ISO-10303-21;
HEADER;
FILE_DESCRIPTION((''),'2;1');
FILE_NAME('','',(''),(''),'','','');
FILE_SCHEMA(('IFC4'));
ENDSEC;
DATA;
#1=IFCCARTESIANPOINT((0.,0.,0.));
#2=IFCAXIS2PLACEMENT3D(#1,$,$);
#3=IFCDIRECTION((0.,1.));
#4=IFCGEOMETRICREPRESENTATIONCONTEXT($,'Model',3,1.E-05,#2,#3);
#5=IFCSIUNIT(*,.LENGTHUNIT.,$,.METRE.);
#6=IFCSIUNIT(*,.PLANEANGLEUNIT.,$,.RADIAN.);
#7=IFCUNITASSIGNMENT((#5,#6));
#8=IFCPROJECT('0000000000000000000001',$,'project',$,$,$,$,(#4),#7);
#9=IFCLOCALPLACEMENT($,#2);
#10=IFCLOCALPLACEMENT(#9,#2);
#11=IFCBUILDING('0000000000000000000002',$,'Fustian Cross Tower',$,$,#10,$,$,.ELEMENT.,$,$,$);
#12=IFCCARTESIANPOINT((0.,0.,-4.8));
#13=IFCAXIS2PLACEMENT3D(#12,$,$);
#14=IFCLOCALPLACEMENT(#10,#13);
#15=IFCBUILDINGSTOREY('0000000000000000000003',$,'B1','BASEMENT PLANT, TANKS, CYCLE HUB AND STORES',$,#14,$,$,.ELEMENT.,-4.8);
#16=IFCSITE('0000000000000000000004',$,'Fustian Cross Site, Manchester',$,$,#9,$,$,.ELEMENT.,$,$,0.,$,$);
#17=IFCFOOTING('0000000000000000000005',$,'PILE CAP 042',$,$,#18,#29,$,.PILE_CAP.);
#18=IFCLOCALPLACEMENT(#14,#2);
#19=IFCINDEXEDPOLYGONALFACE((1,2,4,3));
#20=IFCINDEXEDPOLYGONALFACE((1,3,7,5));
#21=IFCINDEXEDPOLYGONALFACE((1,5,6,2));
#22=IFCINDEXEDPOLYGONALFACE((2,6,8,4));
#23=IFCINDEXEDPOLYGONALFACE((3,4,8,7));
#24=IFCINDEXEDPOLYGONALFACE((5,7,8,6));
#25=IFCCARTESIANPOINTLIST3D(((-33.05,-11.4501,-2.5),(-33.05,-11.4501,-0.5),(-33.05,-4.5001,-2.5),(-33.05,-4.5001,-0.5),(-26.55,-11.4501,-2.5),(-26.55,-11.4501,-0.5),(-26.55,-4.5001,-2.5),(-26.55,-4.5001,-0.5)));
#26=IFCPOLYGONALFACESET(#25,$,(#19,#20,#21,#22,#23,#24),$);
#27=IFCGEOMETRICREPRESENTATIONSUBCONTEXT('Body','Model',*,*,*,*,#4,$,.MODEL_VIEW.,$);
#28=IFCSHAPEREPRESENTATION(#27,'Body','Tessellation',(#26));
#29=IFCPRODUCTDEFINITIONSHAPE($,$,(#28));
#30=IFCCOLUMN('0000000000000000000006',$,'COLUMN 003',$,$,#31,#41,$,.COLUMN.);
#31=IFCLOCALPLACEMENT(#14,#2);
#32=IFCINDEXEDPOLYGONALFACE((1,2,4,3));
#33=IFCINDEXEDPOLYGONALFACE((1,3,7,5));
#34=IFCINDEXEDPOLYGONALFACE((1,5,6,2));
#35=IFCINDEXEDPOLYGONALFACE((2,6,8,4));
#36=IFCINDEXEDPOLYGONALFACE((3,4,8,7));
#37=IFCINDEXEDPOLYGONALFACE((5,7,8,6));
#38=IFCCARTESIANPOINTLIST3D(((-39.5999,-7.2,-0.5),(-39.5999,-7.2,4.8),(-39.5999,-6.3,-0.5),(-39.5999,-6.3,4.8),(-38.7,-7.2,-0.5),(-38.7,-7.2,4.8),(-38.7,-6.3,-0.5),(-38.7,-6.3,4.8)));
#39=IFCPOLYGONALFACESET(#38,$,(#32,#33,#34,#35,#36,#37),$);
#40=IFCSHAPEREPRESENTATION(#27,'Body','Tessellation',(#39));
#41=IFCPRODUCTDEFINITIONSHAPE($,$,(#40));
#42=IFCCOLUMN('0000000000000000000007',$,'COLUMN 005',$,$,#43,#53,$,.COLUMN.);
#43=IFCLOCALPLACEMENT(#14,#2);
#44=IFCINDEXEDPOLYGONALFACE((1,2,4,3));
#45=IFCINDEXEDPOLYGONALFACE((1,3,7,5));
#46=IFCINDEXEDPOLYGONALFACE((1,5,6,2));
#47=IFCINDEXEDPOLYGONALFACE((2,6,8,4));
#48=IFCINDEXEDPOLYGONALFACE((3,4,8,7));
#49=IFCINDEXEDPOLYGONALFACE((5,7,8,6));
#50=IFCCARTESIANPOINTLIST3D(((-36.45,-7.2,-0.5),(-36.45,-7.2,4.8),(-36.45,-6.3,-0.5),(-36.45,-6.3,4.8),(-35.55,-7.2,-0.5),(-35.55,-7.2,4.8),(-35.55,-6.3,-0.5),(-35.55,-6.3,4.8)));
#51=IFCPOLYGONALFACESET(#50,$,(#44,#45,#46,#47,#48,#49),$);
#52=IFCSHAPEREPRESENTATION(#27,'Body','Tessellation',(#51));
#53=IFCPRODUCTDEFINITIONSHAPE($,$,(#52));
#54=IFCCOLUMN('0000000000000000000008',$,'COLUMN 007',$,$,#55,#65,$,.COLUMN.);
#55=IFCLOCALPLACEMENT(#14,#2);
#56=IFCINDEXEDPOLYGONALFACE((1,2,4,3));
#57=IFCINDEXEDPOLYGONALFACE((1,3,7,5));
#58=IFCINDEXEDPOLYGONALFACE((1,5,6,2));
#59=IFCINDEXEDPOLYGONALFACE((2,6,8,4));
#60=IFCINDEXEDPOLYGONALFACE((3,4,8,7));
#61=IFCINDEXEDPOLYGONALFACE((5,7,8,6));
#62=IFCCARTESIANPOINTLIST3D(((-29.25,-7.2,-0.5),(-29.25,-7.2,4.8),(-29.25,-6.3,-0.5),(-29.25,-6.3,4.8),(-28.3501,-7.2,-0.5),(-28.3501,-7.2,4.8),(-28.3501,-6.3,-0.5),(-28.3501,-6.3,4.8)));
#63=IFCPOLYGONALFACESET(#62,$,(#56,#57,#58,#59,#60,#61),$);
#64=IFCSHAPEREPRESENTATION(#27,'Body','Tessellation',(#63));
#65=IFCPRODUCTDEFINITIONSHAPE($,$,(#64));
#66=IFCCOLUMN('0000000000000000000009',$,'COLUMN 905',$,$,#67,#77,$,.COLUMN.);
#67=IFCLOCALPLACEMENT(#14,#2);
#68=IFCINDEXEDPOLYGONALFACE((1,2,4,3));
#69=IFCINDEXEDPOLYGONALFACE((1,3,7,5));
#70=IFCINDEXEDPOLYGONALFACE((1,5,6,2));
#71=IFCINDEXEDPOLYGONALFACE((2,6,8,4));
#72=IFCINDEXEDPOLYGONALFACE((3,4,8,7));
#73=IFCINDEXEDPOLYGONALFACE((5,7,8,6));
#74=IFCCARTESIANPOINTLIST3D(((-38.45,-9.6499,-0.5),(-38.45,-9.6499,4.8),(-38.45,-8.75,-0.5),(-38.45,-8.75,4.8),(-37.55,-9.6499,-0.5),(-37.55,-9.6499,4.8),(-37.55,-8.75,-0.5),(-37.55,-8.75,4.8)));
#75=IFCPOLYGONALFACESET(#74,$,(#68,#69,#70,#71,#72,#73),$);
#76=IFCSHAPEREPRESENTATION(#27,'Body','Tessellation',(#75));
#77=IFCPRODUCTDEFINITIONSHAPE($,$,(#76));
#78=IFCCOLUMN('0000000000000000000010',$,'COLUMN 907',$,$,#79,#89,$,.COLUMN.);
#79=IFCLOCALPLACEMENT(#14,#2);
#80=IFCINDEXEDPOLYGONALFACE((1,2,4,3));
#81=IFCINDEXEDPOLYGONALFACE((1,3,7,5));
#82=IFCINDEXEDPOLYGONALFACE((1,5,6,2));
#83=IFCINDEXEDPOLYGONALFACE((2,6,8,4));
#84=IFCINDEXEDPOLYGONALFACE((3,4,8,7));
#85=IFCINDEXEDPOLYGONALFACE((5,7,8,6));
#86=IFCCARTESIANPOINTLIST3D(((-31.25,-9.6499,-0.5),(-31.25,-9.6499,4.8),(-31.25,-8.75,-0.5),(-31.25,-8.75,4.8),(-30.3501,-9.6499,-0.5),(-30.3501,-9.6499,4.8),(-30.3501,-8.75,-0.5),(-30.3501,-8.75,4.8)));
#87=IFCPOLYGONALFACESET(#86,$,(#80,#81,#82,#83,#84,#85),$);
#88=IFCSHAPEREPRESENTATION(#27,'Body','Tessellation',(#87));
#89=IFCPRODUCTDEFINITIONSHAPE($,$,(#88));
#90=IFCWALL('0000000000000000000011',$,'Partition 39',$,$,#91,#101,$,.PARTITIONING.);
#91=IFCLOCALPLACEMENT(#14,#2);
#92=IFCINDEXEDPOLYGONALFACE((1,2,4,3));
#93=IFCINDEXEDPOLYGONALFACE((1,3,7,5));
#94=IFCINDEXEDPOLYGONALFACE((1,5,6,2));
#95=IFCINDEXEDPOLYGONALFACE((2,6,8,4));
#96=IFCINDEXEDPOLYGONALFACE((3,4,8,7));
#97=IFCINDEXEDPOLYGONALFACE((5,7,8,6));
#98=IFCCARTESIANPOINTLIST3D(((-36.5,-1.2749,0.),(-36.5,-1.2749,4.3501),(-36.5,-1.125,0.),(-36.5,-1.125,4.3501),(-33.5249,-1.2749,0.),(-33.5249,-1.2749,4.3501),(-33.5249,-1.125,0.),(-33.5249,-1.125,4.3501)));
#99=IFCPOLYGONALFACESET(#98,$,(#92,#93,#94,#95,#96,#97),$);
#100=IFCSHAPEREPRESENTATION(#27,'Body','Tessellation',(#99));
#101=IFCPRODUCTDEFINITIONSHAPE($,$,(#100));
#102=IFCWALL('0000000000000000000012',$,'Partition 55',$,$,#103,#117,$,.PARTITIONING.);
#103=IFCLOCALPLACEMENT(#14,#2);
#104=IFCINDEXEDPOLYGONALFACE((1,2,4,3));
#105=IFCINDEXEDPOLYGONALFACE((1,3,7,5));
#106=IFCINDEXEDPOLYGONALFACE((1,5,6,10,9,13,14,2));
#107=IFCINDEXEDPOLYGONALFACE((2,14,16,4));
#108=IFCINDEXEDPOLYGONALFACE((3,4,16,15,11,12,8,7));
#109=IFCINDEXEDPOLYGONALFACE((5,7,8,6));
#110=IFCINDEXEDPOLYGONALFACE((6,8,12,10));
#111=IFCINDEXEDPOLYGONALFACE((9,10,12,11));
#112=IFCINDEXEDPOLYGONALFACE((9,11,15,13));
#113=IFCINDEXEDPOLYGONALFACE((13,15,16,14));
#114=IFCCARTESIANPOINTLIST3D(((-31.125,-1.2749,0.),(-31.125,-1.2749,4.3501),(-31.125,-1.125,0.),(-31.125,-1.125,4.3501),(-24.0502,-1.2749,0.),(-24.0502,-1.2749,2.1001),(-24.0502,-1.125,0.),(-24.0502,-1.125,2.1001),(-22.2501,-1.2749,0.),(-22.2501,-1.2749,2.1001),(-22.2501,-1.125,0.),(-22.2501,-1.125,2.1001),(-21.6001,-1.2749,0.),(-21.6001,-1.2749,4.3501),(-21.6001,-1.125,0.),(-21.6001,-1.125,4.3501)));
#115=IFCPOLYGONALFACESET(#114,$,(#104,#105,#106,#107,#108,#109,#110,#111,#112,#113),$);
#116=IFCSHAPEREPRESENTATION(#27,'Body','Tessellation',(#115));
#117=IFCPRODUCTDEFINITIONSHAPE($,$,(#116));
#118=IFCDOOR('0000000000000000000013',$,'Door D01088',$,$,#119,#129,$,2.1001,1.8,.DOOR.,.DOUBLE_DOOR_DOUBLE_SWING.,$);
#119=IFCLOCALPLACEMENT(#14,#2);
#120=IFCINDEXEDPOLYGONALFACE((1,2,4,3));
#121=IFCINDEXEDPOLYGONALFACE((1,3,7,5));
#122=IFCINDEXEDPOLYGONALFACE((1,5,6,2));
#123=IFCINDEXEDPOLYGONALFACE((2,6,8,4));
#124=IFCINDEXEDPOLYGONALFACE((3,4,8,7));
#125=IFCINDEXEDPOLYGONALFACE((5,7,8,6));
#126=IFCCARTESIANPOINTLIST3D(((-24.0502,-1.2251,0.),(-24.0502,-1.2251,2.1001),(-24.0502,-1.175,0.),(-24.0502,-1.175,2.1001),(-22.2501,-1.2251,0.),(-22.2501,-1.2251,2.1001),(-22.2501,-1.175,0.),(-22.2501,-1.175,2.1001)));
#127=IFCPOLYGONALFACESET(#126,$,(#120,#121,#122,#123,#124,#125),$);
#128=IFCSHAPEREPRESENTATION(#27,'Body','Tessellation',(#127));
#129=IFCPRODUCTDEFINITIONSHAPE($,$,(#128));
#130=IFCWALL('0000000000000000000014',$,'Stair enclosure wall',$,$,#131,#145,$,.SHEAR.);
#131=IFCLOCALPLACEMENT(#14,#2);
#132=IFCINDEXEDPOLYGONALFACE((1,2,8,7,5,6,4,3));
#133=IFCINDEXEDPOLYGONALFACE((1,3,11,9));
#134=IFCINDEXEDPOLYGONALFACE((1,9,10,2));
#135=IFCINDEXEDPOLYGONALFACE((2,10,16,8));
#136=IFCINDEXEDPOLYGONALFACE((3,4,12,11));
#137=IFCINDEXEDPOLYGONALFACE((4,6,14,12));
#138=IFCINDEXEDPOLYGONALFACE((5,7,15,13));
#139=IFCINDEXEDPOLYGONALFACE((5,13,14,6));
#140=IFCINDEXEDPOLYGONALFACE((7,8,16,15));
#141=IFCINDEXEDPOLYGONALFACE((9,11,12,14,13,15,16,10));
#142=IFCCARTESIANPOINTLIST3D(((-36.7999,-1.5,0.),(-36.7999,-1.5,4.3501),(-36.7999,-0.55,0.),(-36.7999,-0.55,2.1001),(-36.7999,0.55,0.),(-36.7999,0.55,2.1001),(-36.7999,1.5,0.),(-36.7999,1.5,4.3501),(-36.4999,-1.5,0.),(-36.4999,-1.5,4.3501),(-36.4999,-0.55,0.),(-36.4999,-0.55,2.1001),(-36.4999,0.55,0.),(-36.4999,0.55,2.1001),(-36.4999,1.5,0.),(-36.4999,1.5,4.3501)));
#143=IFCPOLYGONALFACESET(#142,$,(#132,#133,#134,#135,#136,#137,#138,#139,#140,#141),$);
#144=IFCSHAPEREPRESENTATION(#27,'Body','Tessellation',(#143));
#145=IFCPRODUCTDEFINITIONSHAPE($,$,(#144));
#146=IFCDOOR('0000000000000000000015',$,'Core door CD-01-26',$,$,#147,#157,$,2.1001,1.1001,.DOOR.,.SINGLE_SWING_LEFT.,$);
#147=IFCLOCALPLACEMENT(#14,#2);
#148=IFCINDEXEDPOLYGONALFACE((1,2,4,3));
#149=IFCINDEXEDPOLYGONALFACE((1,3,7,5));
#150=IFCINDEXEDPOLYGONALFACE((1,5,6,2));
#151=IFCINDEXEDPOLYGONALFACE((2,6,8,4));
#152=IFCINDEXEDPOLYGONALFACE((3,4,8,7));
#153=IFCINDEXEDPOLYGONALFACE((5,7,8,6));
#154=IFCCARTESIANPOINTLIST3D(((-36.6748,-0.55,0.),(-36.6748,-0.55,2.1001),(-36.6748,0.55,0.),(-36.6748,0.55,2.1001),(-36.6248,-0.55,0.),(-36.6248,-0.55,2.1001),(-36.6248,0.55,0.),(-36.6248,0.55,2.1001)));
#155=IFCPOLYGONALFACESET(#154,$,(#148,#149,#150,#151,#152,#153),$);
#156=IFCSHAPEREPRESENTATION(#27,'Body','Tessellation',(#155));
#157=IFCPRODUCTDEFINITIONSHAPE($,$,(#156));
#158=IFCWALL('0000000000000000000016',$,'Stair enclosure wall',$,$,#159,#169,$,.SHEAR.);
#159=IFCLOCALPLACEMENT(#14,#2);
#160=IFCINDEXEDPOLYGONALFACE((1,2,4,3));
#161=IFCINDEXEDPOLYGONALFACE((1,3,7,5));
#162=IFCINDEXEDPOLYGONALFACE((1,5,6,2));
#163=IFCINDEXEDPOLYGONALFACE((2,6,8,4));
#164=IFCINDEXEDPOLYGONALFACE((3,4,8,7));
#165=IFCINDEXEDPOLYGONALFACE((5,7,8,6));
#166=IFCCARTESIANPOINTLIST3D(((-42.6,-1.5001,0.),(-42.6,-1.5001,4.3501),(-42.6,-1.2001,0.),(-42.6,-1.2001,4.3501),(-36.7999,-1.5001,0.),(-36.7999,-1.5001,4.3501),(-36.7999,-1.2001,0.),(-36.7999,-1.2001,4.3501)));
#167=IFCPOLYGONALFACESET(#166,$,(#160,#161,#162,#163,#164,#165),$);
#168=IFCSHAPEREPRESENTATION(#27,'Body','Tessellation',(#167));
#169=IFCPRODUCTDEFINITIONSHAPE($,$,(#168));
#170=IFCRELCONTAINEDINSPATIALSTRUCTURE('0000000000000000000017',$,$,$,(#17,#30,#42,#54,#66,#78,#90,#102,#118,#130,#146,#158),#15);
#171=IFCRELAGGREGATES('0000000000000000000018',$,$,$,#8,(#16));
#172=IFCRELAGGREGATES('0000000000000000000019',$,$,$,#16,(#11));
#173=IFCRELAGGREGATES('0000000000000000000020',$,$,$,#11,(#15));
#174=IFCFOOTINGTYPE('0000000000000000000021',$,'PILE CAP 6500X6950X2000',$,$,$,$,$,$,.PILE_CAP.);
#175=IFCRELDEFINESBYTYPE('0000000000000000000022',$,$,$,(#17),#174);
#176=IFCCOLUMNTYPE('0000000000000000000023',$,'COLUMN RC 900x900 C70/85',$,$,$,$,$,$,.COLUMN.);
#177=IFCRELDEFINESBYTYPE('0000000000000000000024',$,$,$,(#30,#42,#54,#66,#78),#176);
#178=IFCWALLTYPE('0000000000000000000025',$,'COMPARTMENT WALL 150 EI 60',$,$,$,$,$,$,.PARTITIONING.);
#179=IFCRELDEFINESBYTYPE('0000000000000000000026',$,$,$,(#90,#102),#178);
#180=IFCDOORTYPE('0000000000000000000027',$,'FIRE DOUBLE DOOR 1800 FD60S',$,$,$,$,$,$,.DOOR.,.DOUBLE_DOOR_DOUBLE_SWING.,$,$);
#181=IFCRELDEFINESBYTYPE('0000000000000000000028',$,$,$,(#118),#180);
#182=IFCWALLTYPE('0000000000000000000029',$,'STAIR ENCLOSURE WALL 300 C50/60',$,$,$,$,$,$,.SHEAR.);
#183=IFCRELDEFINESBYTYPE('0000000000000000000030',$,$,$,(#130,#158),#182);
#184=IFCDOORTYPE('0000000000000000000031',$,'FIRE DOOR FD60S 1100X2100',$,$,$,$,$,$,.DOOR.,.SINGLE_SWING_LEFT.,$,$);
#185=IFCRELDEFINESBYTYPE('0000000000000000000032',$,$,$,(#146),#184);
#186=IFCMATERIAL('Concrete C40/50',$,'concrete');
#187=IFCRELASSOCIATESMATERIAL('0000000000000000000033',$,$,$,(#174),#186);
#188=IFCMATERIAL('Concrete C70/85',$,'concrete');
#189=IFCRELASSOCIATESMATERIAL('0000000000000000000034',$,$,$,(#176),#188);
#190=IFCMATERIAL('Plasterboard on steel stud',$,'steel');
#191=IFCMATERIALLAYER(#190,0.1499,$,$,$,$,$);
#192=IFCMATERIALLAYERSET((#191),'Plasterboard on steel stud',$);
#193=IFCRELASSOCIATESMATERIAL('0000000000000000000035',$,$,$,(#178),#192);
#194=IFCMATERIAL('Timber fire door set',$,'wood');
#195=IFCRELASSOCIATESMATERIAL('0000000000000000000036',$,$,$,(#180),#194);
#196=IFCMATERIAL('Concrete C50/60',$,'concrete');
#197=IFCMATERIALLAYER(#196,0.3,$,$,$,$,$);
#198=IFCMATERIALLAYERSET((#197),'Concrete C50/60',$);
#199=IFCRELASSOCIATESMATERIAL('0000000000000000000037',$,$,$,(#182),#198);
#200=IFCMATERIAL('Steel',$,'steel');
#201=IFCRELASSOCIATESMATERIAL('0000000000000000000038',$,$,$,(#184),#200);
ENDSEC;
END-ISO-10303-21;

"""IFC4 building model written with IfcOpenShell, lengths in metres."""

from ifc_helpers import new_model, si_unit, direction, frame, frame_2d, origin, origin_2d, place, context, subcontext, project, spatial, rectangle, extrude, material, layer, layer_set, material_profile, profile_set, type_object, element, fill, save


model = new_model("IFC4")

# Units and contexts
model_context = context("Model", 3, precision=1e-05, world=origin(), true_north=direction((0.0, 1.0)))
body_context = subcontext(model_context, "Body", "Model", "MODEL_VIEW")
ifc_project = project(units=[si_unit("LENGTHUNIT", "METRE"), si_unit("PLANEANGLEUNIT", "RADIAN")], contexts=[model_context])

# Site, building, storey
site_placement = place(None, origin())
site = spatial("IfcSite", under=ifc_project, at=site_placement, Name="Fustian Cross Site, Manchester", CompositionType="ELEMENT", RefElevation=0.0)
building_placement = place(site_placement, origin())
building = spatial("IfcBuilding", under=site, at=building_placement, Name="Fustian Cross Tower", CompositionType="ELEMENT")
storey_placement = place(building_placement, frame((0.0, 0.0, -4.8)))
storey = spatial("IfcBuildingStorey", under=building, at=storey_placement, Name="B1", Description="BASEMENT PLANT, TANKS, CYCLE HUB AND STORES", CompositionType="ELEMENT", Elevation=-4.8)

# Footing
ifc_material_1 = material(Name="Concrete C40/50", Category="concrete")
footing_type = type_object("IfcFootingType", Name="PILE CAP 6500X6950X2000", PredefinedType="PILE_CAP", material=ifc_material_1)
footing_placement = place(storey_placement, frame((-29.8, -7.9751, -2.5), z_axis=(0.0, 0.0, 1.0), x_axis=(1.0, 0.0, 0.0)))
element("IfcFooting", 1, at=footing_placement, inside=storey, type_object=footing_type, Name="PILE CAP 042", PredefinedType="PILE_CAP", context=body_context, shape_type="SweptSolid", body=[
    extrude(rectangle(XDim=6.5, YDim=6.95, at=origin_2d()), origin(), (0.0, 0.0, 1.0), 2.0),
])

# Columns
ifc_material_2 = material(Name="Concrete C70/85", Category="concrete")
ifc_material_profile_1 = material_profile(ifc_material_2, rectangle(XDim=0.8999, YDim=0.8999, at=origin_2d()), Name="RC 900x900")
ifc_profile_set_1 = profile_set([ifc_material_profile_1], Name="Concrete C70/85")
column_type = type_object("IfcColumnType", Name="COLUMN RC 900x900 C70/85", PredefinedType="COLUMN", material=ifc_profile_set_1)
for number, where, z_axis, x_axis, name in (
    (2, (-39.1499, -6.75, -0.5), (0.0, 0.0, 1.0), (1.0, 0.0, 0.0), "COLUMN 003"),
    (3, (-36.0, -6.75, -0.5), (0.0, 0.0, 1.0), (1.0, 0.0, 0.0), "COLUMN 005"),
    (4, (-28.8, -6.75, -0.5), (0.0, 0.0, 1.0), (1.0, 0.0, 0.0), "COLUMN 007"),
    (5, (-38.0, -9.2, -0.5), (0.0, 0.0, 1.0), (1.0, 0.0, 0.0), "COLUMN 905"),
    (6, (-30.8, -9.2, -0.5), (0.0, 0.0, 1.0), (1.0, 0.0, 0.0), "COLUMN 907"),
):
    element("IfcColumn", number, at=place(storey_placement, frame(where, z_axis=z_axis, x_axis=x_axis)), inside=storey, type_object=column_type, Name=name, PredefinedType="COLUMN", context=body_context, shape_type="SweptSolid", body=[
        extrude(rectangle(XDim=0.8999, YDim=0.8999, at=origin_2d()), origin(), (0.0, 0.0, 1.0), 5.3),
    ])

# Wall
ifc_material_3 = material(Name="Plasterboard on steel stud", Category="steel")
ifc_layer_1 = layer(ifc_material_3, 0.1499)
ifc_layer_set_1 = layer_set([ifc_layer_1], Name="Plasterboard on steel stud")
wall_type_1 = type_object("IfcWallType", Name="COMPARTMENT WALL 150 EI 60", PredefinedType="PARTITIONING", material=ifc_layer_set_1)
wall_1_placement = place(storey_placement, frame((-36.5, -1.2, 0.0), z_axis=(0.0, 0.0, 1.0), x_axis=(1.0, 0.0, 0.0)))
element("IfcWall", 7, at=wall_1_placement, inside=storey, type_object=wall_type_1, Name="Partition 39", PredefinedType="PARTITIONING", context=body_context, shape_type="SweptSolid", body=[
    extrude(rectangle(XDim=2.9751, YDim=0.1499, at=frame_2d((1.4875, 0.0))), origin(), (0.0, 0.0, 1.0), 4.3501),
])

# Walls, openings, doors
wall_2_placement = place(storey_placement, frame((-31.125, -1.2, 0.0), z_axis=(0.0, 0.0, 1.0), x_axis=(1.0, 0.0, 0.0)))
wall_2 = element("IfcWall", 8, at=wall_2_placement, inside=storey, type_object=wall_type_1, Name="Partition 55", PredefinedType="PARTITIONING", context=body_context, shape_type="SweptSolid", body=[
    extrude(rectangle(XDim=9.5249, YDim=0.1499, at=frame_2d((4.7625, 0.0))), origin(), (0.0, 0.0, 1.0), 4.3501),
])
opening_1_placement = place(wall_2_placement, frame((7.075, 0.0, 0.0)))
opening_1 = element("IfcOpeningElement", 9, at=opening_1_placement, cuts=wall_2, PredefinedType="OPENING", context=body_context, shape_type="SweptSolid", body=[
    extrude(rectangle(XDim=1.8, YDim=2.1001, at=frame_2d((0.8999, 1.05))), frame((0.0, 0.085, 0.0), z_axis=(0.0, -1.0, 0.0), x_axis=(1.0, 0.0, 0.0)), (0.0, 0.0, 1.0), 0.1699),
])
ifc_material_4 = material(Name="Timber fire door set", Category="wood")
door_type_1 = type_object("IfcDoorType", Name="FIRE DOUBLE DOOR 1800 FD60S", OperationType="DOUBLE_DOOR_DOUBLE_SWING", PredefinedType="DOOR", material=ifc_material_4)
door_1_placement = place(opening_1_placement, origin())
door_1 = element("IfcDoor", 10, at=door_1_placement, inside=storey, type_object=door_type_1, Name="Door D01088", OperationType="DOUBLE_DOOR_DOUBLE_SWING", OverallHeight=2.1001, OverallWidth=1.8, PredefinedType="DOOR", context=body_context, shape_type="SweptSolid", body=[
    extrude(rectangle(XDim=1.8, YDim=2.1001, at=frame_2d((0.8999, 1.05))), frame((0.0, 0.0249, 0.0), z_axis=(0.0, -1.0, 0.0), x_axis=(1.0, 0.0, 0.0)), (0.0, 0.0, 1.0), 0.05),
])
fill(opening_1, door_1)
ifc_material_5 = material(Name="Concrete C50/60", Category="concrete")
ifc_layer_2 = layer(ifc_material_5, 0.3)
ifc_layer_set_2 = layer_set([ifc_layer_2], Name="Concrete C50/60")
wall_type_2 = type_object("IfcWallType", Name="STAIR ENCLOSURE WALL 300 C50/60", PredefinedType="SHEAR", material=ifc_layer_set_2)
wall_3_placement = place(storey_placement, frame((-36.6499, -1.5, 0.0), z_axis=(0.0, 0.0, 1.0), x_axis=(0.0, 1.0, 0.0)))
wall_3 = element("IfcWall", 11, at=wall_3_placement, inside=storey, type_object=wall_type_2, Name="Stair enclosure wall", PredefinedType="SHEAR", context=body_context, shape_type="SweptSolid", body=[
    extrude(rectangle(XDim=3.0, YDim=0.3, at=frame_2d((1.5, 0.0))), origin(), (0.0, 0.0, 1.0), 4.3501),
])
opening_2_placement = place(wall_3_placement, frame((0.95, 0.0, 0.0)))
opening_2 = element("IfcOpeningElement", 12, at=opening_2_placement, cuts=wall_3, PredefinedType="OPENING", context=body_context, shape_type="SweptSolid", body=[
    extrude(rectangle(XDim=1.1001, YDim=2.1001, at=frame_2d((0.55, 1.05))), frame((0.0, 0.1599, 0.0), z_axis=(0.0, -1.0, 0.0), x_axis=(1.0, 0.0, 0.0)), (0.0, 0.0, 1.0), 0.3201),
])
ifc_material_6 = material(Name="Steel", Category="steel")
door_type_2 = type_object("IfcDoorType", Name="FIRE DOOR FD60S 1100X2100", OperationType="SINGLE_SWING_LEFT", PredefinedType="DOOR", material=ifc_material_6)
door_2_placement = place(opening_2_placement, origin())
door_2 = element("IfcDoor", 13, at=door_2_placement, inside=storey, type_object=door_type_2, Name="Core door CD-01-26", OperationType="SINGLE_SWING_LEFT", OverallHeight=2.1001, OverallWidth=1.1001, PredefinedType="DOOR", context=body_context, shape_type="SweptSolid", body=[
    extrude(rectangle(XDim=1.1001, YDim=2.1001, at=frame_2d((0.55, 1.05))), frame((0.0, 0.0249, 0.0), z_axis=(0.0, -1.0, 0.0), x_axis=(1.0, 0.0, 0.0)), (0.0, 0.0, 1.0), 0.05),
])
fill(opening_2, door_2)

# Wall
wall_4_placement = place(storey_placement, frame((-36.8, -1.3501, 0.0), z_axis=(0.0, 0.0, 1.0), x_axis=(-1.0, 0.0, 0.0)))
element("IfcWall", 14, at=wall_4_placement, inside=storey, type_object=wall_type_2, Name="Stair enclosure wall", PredefinedType="SHEAR", context=body_context, shape_type="SweptSolid", body=[
    extrude(rectangle(XDim=5.8, YDim=0.3, at=frame_2d((2.8999, 0.0))), origin(), (0.0, 0.0, 1.0), 4.3501),
])

save(model, "model.ifc")
